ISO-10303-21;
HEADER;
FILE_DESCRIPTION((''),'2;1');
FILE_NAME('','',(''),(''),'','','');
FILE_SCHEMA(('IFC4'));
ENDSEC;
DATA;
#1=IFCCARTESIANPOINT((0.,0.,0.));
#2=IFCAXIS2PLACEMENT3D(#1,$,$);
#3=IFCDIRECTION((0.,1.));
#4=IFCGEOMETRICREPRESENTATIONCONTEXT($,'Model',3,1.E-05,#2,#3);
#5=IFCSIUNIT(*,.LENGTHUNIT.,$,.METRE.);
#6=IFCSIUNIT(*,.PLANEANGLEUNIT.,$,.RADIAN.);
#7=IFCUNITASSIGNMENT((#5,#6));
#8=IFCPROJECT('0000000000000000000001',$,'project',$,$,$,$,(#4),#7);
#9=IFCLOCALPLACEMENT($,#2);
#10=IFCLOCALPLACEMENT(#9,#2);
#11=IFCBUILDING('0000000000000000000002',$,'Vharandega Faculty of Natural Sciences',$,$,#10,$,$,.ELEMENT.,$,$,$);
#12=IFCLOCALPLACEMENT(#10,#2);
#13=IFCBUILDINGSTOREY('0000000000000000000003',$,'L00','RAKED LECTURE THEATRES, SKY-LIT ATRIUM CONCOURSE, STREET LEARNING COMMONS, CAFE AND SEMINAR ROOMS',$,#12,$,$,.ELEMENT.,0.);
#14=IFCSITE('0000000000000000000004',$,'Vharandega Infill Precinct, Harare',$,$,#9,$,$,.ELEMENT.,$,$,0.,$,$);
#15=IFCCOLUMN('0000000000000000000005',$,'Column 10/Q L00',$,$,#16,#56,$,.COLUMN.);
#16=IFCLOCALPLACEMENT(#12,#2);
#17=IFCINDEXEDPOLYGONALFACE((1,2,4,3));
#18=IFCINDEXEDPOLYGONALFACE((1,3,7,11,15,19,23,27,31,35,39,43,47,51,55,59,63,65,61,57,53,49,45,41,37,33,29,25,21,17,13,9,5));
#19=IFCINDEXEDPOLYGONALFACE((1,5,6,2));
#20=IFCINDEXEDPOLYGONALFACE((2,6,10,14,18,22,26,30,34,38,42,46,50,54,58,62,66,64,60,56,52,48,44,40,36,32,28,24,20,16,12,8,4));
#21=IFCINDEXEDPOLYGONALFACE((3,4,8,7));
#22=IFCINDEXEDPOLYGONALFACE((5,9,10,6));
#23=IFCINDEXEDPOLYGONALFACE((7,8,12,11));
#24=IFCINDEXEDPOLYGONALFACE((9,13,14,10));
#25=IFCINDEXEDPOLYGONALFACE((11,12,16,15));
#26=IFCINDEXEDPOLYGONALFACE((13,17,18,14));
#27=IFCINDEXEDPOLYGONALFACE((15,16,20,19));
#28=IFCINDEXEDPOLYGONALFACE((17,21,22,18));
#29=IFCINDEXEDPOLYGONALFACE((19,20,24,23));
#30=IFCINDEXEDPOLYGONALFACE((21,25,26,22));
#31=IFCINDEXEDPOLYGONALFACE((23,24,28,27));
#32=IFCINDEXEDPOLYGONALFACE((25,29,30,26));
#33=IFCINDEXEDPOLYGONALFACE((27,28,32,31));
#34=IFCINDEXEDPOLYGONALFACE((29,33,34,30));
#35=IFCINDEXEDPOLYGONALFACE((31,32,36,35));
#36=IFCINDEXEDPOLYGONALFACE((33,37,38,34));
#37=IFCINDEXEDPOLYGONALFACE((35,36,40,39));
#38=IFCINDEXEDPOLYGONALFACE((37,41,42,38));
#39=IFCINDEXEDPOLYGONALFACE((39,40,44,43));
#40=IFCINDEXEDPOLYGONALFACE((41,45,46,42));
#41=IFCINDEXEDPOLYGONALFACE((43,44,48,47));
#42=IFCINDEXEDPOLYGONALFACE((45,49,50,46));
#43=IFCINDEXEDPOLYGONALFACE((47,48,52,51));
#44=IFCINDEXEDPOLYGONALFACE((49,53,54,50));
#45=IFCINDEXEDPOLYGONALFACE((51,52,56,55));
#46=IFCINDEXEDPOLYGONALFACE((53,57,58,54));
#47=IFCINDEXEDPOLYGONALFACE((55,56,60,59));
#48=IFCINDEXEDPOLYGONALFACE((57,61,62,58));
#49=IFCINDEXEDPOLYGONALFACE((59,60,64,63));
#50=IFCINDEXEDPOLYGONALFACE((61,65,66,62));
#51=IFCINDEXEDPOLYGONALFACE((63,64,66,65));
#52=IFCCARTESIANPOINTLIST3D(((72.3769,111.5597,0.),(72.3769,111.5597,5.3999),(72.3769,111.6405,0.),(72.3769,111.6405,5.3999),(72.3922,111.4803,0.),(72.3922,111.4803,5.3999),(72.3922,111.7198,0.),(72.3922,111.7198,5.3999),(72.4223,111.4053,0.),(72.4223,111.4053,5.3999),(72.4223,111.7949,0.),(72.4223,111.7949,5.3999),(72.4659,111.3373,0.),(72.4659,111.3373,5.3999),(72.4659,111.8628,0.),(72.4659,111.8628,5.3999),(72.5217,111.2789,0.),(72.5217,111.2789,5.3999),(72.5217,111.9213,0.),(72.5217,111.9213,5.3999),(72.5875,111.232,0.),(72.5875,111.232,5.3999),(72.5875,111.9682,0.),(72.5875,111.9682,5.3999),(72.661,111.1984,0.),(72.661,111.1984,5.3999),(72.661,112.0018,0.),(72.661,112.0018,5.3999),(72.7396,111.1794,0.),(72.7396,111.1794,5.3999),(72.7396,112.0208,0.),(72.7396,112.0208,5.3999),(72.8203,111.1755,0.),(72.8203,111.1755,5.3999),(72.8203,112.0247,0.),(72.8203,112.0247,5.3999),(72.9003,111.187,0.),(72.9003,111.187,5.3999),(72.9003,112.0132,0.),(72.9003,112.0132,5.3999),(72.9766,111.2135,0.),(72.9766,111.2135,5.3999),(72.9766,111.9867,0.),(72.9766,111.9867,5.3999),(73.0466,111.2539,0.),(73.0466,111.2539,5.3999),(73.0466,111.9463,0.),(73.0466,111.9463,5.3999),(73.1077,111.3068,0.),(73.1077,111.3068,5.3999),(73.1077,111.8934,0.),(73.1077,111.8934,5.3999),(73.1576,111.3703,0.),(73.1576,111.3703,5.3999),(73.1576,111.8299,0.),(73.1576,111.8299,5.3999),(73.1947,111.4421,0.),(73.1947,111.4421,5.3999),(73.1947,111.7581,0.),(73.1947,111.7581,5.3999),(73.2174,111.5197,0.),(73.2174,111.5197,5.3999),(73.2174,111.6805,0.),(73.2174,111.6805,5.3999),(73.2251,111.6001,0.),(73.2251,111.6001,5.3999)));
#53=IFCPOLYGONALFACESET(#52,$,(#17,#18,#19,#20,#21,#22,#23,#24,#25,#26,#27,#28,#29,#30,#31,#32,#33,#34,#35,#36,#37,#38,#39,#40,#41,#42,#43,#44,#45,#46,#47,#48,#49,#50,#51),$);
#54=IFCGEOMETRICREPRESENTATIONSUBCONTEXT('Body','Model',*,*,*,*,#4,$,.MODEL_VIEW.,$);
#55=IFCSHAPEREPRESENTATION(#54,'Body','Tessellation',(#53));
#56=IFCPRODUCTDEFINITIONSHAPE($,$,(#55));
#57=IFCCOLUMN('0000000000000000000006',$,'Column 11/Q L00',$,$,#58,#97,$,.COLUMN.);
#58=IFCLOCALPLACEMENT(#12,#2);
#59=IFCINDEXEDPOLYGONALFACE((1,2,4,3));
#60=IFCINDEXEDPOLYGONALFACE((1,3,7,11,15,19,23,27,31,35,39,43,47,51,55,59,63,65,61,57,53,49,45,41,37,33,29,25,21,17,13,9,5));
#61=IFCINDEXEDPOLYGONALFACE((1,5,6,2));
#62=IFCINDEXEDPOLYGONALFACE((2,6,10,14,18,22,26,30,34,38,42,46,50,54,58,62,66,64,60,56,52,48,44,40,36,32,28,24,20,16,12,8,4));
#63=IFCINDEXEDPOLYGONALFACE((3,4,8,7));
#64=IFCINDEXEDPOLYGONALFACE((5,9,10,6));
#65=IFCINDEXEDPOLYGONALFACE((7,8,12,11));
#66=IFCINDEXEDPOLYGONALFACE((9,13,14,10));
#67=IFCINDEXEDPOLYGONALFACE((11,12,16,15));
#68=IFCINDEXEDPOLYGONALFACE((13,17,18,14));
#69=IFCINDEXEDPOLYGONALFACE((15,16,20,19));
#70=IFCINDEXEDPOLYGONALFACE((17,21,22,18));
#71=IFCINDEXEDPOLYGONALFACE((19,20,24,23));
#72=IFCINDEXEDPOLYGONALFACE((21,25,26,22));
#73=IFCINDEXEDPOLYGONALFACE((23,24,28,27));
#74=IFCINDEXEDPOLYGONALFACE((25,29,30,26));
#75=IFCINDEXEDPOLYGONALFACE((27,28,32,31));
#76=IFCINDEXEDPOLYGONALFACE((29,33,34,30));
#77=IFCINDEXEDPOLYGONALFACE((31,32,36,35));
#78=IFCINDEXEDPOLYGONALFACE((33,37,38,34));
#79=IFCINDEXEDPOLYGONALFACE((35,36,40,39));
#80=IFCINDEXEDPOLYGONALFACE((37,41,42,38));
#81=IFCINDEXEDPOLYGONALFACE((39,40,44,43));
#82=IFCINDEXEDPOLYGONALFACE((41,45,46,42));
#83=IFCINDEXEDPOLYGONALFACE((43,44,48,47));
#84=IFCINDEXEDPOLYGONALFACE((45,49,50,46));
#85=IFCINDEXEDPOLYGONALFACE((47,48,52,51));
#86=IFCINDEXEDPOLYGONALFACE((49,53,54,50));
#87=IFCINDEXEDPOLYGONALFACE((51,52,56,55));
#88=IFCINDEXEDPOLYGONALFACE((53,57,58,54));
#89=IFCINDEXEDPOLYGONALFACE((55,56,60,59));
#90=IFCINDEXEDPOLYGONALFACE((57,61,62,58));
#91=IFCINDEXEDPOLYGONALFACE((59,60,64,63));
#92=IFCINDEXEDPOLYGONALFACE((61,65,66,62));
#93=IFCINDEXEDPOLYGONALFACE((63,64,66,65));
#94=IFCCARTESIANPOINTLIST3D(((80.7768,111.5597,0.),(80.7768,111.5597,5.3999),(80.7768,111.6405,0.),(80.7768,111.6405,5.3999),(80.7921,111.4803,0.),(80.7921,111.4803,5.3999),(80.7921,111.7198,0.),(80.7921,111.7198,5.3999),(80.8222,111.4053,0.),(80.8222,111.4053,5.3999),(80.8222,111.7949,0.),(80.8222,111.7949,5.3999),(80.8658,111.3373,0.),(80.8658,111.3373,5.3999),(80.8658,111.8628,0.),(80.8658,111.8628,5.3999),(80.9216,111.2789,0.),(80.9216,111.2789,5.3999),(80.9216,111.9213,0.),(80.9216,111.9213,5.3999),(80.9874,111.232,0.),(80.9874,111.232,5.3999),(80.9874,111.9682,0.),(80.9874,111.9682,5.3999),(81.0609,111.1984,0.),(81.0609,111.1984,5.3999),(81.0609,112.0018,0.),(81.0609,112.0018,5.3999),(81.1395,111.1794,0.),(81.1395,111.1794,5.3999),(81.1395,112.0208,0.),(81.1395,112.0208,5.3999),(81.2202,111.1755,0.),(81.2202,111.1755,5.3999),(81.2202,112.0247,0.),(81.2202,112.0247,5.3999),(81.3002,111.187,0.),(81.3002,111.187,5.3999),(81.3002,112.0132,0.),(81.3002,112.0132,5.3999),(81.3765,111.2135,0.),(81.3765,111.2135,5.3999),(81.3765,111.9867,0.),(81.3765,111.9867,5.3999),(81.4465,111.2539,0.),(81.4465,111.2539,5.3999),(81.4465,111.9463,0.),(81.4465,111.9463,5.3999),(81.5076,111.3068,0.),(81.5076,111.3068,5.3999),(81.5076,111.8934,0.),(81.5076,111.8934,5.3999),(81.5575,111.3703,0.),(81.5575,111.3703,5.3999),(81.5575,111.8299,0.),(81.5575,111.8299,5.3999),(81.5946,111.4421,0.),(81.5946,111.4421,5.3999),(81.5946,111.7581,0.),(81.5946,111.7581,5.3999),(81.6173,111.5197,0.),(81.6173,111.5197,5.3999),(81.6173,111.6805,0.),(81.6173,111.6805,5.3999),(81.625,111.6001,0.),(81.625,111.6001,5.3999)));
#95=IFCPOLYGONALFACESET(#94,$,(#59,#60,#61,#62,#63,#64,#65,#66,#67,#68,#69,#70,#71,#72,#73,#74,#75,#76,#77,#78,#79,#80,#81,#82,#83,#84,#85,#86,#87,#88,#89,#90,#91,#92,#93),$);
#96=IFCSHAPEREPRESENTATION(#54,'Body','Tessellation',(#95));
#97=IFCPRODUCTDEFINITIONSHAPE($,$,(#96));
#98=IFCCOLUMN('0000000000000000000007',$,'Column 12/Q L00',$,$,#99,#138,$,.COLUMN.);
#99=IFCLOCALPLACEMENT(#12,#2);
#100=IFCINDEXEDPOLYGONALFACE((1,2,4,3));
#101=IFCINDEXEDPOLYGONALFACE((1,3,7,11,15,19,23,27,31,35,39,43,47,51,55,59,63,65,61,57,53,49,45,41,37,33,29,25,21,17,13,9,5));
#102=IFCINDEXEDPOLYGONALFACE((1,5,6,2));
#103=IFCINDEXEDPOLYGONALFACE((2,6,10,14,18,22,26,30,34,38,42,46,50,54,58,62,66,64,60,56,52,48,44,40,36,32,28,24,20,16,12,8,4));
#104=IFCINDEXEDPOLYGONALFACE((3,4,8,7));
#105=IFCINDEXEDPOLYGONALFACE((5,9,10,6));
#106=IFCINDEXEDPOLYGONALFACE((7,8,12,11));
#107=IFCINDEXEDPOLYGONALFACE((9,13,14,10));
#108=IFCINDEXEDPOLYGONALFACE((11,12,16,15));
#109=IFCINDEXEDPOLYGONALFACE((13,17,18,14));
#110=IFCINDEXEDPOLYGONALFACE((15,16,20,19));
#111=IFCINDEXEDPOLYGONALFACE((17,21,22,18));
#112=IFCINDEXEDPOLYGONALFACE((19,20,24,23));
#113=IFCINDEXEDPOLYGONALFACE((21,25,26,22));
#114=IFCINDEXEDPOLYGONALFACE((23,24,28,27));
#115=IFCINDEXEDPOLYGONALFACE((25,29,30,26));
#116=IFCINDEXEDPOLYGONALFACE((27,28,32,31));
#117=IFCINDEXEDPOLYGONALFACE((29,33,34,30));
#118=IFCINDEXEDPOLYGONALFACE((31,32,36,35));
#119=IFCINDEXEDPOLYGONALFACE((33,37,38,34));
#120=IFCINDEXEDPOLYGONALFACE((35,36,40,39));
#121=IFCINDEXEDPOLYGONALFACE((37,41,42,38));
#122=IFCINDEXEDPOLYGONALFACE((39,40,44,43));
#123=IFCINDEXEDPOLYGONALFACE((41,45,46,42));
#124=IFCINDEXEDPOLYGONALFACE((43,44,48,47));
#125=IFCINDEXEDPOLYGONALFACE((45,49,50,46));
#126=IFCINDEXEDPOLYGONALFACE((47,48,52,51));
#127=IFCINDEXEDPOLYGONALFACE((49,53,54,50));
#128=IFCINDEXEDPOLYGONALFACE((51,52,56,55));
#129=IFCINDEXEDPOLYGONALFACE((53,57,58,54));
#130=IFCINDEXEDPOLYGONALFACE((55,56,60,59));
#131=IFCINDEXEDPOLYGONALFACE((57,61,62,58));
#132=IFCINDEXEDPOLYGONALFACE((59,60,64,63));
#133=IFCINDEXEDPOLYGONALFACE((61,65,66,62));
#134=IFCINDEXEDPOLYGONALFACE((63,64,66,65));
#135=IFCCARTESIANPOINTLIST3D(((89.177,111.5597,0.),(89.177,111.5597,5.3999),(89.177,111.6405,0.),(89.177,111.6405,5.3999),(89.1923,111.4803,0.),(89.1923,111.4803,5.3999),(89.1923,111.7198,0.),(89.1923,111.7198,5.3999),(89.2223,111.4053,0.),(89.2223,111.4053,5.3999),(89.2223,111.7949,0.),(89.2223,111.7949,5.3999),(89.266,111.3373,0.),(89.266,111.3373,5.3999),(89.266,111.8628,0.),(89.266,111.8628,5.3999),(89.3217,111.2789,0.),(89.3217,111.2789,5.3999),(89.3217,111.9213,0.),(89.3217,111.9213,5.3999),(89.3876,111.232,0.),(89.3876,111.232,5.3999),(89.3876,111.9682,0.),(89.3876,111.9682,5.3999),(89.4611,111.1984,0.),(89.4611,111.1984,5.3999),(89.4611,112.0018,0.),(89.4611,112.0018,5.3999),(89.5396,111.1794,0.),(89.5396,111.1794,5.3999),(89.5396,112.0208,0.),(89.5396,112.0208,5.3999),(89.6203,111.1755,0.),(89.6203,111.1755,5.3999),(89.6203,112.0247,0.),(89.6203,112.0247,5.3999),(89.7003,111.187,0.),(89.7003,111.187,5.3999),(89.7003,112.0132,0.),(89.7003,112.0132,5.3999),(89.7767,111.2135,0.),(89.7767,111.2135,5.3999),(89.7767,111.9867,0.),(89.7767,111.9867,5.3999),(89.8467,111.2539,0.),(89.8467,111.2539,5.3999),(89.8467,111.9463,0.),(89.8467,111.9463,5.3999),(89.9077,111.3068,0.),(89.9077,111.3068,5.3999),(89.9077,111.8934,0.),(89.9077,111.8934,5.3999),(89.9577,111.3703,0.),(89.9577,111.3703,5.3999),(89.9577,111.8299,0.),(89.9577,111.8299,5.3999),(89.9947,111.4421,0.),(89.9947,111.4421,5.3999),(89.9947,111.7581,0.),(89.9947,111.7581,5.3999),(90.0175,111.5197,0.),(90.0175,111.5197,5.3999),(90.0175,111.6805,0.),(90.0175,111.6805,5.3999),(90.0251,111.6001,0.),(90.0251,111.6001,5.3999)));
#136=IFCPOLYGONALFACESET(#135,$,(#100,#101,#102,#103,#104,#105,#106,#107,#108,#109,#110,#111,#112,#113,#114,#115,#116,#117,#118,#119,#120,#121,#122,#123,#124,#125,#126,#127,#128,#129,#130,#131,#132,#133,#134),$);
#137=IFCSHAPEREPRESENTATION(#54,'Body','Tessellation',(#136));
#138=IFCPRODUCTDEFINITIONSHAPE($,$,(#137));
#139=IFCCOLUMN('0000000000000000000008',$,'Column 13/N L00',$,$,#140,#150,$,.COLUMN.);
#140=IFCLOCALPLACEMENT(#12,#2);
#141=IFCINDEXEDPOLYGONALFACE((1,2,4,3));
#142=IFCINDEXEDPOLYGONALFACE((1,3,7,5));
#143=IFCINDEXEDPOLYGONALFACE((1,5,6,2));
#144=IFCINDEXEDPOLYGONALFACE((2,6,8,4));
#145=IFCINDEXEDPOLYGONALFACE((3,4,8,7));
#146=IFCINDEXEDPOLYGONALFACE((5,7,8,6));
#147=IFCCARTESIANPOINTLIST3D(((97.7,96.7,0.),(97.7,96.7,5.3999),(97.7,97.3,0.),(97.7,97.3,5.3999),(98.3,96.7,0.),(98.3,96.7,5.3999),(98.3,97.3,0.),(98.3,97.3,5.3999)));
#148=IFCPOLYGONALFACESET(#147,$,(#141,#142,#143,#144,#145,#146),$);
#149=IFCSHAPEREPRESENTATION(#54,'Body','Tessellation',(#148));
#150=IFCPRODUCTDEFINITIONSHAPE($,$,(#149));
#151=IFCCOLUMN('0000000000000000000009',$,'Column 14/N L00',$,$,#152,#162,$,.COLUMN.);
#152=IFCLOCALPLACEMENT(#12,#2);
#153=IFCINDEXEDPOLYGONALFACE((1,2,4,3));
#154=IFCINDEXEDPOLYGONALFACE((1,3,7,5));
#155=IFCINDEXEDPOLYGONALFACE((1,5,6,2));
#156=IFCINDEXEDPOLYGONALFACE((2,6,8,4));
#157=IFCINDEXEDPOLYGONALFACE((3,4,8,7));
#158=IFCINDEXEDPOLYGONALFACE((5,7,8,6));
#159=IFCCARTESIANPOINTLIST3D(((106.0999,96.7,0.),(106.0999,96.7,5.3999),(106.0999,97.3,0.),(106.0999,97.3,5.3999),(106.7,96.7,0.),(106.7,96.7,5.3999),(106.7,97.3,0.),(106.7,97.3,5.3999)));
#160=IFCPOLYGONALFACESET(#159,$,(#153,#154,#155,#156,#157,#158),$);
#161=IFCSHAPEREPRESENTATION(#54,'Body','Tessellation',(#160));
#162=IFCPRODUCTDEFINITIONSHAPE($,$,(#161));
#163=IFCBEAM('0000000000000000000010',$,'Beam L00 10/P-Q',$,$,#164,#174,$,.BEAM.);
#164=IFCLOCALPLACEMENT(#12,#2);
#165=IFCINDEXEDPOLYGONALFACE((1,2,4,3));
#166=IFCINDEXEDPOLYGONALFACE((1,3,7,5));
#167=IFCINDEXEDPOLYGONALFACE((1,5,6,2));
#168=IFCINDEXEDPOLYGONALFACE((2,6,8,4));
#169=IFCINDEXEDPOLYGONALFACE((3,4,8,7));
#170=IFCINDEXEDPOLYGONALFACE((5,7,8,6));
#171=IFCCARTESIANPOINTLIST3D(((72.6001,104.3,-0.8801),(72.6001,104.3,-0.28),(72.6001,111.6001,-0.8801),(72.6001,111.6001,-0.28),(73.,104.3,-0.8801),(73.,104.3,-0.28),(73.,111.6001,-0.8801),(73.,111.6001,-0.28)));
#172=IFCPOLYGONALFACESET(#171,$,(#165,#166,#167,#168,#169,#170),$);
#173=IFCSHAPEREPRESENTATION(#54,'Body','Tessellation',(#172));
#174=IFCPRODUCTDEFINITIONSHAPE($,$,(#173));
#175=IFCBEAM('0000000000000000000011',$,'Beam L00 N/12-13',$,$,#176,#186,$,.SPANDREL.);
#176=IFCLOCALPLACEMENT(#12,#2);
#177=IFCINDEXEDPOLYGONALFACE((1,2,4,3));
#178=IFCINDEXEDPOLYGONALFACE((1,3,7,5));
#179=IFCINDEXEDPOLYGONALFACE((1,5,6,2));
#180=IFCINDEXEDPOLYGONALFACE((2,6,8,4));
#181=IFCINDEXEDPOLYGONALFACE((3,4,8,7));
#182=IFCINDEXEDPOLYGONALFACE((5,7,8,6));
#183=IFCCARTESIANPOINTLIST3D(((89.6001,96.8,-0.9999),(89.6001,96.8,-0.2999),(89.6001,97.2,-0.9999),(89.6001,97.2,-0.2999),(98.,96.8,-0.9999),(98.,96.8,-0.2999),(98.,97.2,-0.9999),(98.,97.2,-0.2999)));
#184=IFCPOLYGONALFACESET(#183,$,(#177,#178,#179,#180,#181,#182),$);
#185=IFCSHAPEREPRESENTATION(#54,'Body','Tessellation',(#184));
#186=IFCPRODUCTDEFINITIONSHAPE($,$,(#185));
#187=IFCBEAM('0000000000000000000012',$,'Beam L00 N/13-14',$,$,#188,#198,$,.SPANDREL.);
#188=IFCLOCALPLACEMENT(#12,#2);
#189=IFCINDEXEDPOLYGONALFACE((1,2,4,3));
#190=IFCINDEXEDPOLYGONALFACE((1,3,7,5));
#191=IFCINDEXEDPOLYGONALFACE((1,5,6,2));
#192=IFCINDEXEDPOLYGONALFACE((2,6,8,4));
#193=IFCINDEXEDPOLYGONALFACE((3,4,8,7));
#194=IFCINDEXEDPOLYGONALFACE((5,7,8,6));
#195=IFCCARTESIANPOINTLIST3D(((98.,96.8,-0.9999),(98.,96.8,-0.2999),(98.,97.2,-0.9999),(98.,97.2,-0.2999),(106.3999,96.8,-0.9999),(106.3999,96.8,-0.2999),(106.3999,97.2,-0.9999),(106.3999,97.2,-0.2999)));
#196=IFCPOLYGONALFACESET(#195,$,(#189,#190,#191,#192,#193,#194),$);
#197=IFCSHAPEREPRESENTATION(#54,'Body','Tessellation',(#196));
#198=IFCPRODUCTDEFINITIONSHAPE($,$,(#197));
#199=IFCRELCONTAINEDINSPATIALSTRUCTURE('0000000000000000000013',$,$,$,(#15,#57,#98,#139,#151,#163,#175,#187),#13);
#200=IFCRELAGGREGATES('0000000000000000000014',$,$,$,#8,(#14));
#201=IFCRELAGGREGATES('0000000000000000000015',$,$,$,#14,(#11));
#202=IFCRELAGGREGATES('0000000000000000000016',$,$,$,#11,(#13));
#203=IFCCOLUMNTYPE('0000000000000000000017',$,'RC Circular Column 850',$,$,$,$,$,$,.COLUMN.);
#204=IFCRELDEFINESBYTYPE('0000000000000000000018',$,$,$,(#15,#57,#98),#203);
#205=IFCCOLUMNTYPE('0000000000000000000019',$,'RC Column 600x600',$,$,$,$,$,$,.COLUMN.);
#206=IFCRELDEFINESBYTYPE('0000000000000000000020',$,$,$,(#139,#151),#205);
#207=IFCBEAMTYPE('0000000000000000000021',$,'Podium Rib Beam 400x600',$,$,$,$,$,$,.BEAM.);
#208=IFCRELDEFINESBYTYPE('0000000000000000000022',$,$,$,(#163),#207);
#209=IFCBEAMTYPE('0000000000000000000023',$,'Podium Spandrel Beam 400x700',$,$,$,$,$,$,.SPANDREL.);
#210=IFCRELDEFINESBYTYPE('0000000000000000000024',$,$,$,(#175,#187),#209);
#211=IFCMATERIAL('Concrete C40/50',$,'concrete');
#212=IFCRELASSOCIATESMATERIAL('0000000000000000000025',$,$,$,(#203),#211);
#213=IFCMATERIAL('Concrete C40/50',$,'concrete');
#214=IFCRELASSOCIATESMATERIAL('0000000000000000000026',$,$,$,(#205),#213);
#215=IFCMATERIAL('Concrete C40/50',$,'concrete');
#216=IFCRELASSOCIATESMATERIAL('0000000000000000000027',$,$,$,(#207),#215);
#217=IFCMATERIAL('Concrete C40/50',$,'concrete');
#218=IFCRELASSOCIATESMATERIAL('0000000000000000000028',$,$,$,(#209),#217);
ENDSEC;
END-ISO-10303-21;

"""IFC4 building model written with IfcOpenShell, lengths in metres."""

from ifc_helpers import new_model, si_unit, direction, frame, origin, origin_2d, place, context, subcontext, project, spatial, rectangle, circle, extrude, material, material_profile, profile_set, type_object, element, save


model = new_model("IFC4")

# Units and contexts
model_context = context("Model", 3, precision=1e-05, world=origin(), true_north=direction((0.0, 1.0)))
body_context = subcontext(model_context, "Body", "Model", "MODEL_VIEW")
ifc_project = project(units=[si_unit("LENGTHUNIT", "METRE"), si_unit("PLANEANGLEUNIT", "RADIAN")], contexts=[model_context])

# Site, building, storey
site_placement = place(None, origin())
site = spatial("IfcSite", under=ifc_project, at=site_placement, Name="Vharandega Infill Precinct, Harare", CompositionType="ELEMENT", RefElevation=0.0)
building_placement = place(site_placement, origin())
building = spatial("IfcBuilding", under=site, at=building_placement, Name="Vharandega Faculty of Natural Sciences", CompositionType="ELEMENT")
storey_placement = place(building_placement, origin())
storey = spatial("IfcBuildingStorey", under=building, at=storey_placement, Name="L00", Description="RAKED LECTURE THEATRES, SKY-LIT ATRIUM CONCOURSE, STREET LEARNING COMMONS, CAFE AND SEMINAR ROOMS", CompositionType="ELEMENT", Elevation=0.0)

# Columns
ifc_material_1 = material(Name="Concrete C40/50", Category="concrete")
ifc_material_profile_1 = material_profile(ifc_material_1, circle(Radius=0.425, at=origin_2d()), Name="RC-CIRC 850")
ifc_profile_set_1 = profile_set([ifc_material_profile_1], Name="Concrete C40/50")
column_type_1 = type_object("IfcColumnType", Name="RC Circular Column 850", PredefinedType="COLUMN", material=ifc_profile_set_1)
for number, where, z_axis, x_axis, name in (
    (1, (72.8, 111.6001, 0.0), (0.0, 0.0, 1.0), (1.0, 0.0, 0.0), "Column 10/Q L00"),
    (2, (81.2, 111.6001, 0.0), (0.0, 0.0, 1.0), (1.0, 0.0, 0.0), "Column 11/Q L00"),
    (3, (89.6001, 111.6001, 0.0), (0.0, 0.0, 1.0), (1.0, 0.0, 0.0), "Column 12/Q L00"),
):
    element("IfcColumn", number, at=place(storey_placement, frame(where, z_axis=z_axis, x_axis=x_axis)), inside=storey, type_object=column_type_1, Name=name, PredefinedType="COLUMN", context=body_context, shape_type="SweptSolid", body=[
        extrude(circle(Radius=0.425, at=origin_2d()), origin(), (0.0, 0.0, 1.0), 5.3999),
    ])
ifc_material_2 = material(Name="Concrete C40/50", Category="concrete")
ifc_material_profile_2 = material_profile(ifc_material_2, rectangle(XDim=0.6001, YDim=0.6001, at=origin_2d()), Name="RC 600x600")
ifc_profile_set_2 = profile_set([ifc_material_profile_2], Name="Concrete C40/50")
column_type_2 = type_object("IfcColumnType", Name="RC Column 600x600", PredefinedType="COLUMN", material=ifc_profile_set_2)
for number, where, z_axis, x_axis, name in (
    (4, (98.0, 97.0, 0.0), (0.0, 0.0, 1.0), (1.0, 0.0, 0.0), "Column 13/N L00"),
    (5, (106.3999, 97.0, 0.0), (0.0, 0.0, 1.0), (1.0, 0.0, 0.0), "Column 14/N L00"),
):
    element("IfcColumn", number, at=place(storey_placement, frame(where, z_axis=z_axis, x_axis=x_axis)), inside=storey, type_object=column_type_2, Name=name, PredefinedType="COLUMN", context=body_context, shape_type="SweptSolid", body=[
        extrude(rectangle(XDim=0.6001, YDim=0.6001, at=origin_2d()), origin(), (0.0, 0.0, 1.0), 5.3999),
    ])

# Beams
ifc_material_3 = material(Name="Concrete C40/50", Category="concrete")
ifc_material_profile_3 = material_profile(ifc_material_3, rectangle(XDim=0.3999, YDim=0.6001, at=origin_2d()), Name="RC 400x600")
ifc_profile_set_3 = profile_set([ifc_material_profile_3], Name="Concrete C40/50")
beam_type_1 = type_object("IfcBeamType", Name="Podium Rib Beam 400x600", PredefinedType="BEAM", material=ifc_profile_set_3)
beam_1_placement = place(storey_placement, frame((72.8, 104.3, -0.5801), z_axis=(0.0, 1.0, 0.0), x_axis=(-1.0, 0.0, 0.0)))
element("IfcBeam", 6, at=beam_1_placement, inside=storey, type_object=beam_type_1, Name="Beam L00 10/P-Q", PredefinedType="BEAM", context=body_context, shape_type="SweptSolid", body=[
    extrude(rectangle(XDim=0.3999, YDim=0.6001, at=origin_2d()), origin(), (0.0, 0.0, 1.0), 7.3),
])
ifc_material_4 = material(Name="Concrete C40/50", Category="concrete")
ifc_material_profile_4 = material_profile(ifc_material_4, rectangle(XDim=0.3999, YDim=0.7, at=origin_2d()), Name="RC 400x700")
ifc_profile_set_4 = profile_set([ifc_material_profile_4], Name="Concrete C40/50")
beam_type_2 = type_object("IfcBeamType", Name="Podium Spandrel Beam 400x700", PredefinedType="SPANDREL", material=ifc_profile_set_4)
for number, where, z_axis, x_axis, name in (
    (7, (89.6001, 97.0, -0.6499), (1.0, 0.0, 0.0), (0.0, 1.0, 0.0), "Beam L00 N/12-13"),
    (8, (98.0, 97.0, -0.6499), (1.0, 0.0, 0.0), (0.0, 1.0, 0.0), "Beam L00 N/13-14"),
):
    element("IfcBeam", number, at=place(storey_placement, frame(where, z_axis=z_axis, x_axis=x_axis)), inside=storey, type_object=beam_type_2, Name=name, PredefinedType="SPANDREL", context=body_context, shape_type="SweptSolid", body=[
        extrude(rectangle(XDim=0.3999, YDim=0.7, at=origin_2d()), origin(), (0.0, 0.0, 1.0), 8.3999),
    ])

save(model, "model.ifc")
